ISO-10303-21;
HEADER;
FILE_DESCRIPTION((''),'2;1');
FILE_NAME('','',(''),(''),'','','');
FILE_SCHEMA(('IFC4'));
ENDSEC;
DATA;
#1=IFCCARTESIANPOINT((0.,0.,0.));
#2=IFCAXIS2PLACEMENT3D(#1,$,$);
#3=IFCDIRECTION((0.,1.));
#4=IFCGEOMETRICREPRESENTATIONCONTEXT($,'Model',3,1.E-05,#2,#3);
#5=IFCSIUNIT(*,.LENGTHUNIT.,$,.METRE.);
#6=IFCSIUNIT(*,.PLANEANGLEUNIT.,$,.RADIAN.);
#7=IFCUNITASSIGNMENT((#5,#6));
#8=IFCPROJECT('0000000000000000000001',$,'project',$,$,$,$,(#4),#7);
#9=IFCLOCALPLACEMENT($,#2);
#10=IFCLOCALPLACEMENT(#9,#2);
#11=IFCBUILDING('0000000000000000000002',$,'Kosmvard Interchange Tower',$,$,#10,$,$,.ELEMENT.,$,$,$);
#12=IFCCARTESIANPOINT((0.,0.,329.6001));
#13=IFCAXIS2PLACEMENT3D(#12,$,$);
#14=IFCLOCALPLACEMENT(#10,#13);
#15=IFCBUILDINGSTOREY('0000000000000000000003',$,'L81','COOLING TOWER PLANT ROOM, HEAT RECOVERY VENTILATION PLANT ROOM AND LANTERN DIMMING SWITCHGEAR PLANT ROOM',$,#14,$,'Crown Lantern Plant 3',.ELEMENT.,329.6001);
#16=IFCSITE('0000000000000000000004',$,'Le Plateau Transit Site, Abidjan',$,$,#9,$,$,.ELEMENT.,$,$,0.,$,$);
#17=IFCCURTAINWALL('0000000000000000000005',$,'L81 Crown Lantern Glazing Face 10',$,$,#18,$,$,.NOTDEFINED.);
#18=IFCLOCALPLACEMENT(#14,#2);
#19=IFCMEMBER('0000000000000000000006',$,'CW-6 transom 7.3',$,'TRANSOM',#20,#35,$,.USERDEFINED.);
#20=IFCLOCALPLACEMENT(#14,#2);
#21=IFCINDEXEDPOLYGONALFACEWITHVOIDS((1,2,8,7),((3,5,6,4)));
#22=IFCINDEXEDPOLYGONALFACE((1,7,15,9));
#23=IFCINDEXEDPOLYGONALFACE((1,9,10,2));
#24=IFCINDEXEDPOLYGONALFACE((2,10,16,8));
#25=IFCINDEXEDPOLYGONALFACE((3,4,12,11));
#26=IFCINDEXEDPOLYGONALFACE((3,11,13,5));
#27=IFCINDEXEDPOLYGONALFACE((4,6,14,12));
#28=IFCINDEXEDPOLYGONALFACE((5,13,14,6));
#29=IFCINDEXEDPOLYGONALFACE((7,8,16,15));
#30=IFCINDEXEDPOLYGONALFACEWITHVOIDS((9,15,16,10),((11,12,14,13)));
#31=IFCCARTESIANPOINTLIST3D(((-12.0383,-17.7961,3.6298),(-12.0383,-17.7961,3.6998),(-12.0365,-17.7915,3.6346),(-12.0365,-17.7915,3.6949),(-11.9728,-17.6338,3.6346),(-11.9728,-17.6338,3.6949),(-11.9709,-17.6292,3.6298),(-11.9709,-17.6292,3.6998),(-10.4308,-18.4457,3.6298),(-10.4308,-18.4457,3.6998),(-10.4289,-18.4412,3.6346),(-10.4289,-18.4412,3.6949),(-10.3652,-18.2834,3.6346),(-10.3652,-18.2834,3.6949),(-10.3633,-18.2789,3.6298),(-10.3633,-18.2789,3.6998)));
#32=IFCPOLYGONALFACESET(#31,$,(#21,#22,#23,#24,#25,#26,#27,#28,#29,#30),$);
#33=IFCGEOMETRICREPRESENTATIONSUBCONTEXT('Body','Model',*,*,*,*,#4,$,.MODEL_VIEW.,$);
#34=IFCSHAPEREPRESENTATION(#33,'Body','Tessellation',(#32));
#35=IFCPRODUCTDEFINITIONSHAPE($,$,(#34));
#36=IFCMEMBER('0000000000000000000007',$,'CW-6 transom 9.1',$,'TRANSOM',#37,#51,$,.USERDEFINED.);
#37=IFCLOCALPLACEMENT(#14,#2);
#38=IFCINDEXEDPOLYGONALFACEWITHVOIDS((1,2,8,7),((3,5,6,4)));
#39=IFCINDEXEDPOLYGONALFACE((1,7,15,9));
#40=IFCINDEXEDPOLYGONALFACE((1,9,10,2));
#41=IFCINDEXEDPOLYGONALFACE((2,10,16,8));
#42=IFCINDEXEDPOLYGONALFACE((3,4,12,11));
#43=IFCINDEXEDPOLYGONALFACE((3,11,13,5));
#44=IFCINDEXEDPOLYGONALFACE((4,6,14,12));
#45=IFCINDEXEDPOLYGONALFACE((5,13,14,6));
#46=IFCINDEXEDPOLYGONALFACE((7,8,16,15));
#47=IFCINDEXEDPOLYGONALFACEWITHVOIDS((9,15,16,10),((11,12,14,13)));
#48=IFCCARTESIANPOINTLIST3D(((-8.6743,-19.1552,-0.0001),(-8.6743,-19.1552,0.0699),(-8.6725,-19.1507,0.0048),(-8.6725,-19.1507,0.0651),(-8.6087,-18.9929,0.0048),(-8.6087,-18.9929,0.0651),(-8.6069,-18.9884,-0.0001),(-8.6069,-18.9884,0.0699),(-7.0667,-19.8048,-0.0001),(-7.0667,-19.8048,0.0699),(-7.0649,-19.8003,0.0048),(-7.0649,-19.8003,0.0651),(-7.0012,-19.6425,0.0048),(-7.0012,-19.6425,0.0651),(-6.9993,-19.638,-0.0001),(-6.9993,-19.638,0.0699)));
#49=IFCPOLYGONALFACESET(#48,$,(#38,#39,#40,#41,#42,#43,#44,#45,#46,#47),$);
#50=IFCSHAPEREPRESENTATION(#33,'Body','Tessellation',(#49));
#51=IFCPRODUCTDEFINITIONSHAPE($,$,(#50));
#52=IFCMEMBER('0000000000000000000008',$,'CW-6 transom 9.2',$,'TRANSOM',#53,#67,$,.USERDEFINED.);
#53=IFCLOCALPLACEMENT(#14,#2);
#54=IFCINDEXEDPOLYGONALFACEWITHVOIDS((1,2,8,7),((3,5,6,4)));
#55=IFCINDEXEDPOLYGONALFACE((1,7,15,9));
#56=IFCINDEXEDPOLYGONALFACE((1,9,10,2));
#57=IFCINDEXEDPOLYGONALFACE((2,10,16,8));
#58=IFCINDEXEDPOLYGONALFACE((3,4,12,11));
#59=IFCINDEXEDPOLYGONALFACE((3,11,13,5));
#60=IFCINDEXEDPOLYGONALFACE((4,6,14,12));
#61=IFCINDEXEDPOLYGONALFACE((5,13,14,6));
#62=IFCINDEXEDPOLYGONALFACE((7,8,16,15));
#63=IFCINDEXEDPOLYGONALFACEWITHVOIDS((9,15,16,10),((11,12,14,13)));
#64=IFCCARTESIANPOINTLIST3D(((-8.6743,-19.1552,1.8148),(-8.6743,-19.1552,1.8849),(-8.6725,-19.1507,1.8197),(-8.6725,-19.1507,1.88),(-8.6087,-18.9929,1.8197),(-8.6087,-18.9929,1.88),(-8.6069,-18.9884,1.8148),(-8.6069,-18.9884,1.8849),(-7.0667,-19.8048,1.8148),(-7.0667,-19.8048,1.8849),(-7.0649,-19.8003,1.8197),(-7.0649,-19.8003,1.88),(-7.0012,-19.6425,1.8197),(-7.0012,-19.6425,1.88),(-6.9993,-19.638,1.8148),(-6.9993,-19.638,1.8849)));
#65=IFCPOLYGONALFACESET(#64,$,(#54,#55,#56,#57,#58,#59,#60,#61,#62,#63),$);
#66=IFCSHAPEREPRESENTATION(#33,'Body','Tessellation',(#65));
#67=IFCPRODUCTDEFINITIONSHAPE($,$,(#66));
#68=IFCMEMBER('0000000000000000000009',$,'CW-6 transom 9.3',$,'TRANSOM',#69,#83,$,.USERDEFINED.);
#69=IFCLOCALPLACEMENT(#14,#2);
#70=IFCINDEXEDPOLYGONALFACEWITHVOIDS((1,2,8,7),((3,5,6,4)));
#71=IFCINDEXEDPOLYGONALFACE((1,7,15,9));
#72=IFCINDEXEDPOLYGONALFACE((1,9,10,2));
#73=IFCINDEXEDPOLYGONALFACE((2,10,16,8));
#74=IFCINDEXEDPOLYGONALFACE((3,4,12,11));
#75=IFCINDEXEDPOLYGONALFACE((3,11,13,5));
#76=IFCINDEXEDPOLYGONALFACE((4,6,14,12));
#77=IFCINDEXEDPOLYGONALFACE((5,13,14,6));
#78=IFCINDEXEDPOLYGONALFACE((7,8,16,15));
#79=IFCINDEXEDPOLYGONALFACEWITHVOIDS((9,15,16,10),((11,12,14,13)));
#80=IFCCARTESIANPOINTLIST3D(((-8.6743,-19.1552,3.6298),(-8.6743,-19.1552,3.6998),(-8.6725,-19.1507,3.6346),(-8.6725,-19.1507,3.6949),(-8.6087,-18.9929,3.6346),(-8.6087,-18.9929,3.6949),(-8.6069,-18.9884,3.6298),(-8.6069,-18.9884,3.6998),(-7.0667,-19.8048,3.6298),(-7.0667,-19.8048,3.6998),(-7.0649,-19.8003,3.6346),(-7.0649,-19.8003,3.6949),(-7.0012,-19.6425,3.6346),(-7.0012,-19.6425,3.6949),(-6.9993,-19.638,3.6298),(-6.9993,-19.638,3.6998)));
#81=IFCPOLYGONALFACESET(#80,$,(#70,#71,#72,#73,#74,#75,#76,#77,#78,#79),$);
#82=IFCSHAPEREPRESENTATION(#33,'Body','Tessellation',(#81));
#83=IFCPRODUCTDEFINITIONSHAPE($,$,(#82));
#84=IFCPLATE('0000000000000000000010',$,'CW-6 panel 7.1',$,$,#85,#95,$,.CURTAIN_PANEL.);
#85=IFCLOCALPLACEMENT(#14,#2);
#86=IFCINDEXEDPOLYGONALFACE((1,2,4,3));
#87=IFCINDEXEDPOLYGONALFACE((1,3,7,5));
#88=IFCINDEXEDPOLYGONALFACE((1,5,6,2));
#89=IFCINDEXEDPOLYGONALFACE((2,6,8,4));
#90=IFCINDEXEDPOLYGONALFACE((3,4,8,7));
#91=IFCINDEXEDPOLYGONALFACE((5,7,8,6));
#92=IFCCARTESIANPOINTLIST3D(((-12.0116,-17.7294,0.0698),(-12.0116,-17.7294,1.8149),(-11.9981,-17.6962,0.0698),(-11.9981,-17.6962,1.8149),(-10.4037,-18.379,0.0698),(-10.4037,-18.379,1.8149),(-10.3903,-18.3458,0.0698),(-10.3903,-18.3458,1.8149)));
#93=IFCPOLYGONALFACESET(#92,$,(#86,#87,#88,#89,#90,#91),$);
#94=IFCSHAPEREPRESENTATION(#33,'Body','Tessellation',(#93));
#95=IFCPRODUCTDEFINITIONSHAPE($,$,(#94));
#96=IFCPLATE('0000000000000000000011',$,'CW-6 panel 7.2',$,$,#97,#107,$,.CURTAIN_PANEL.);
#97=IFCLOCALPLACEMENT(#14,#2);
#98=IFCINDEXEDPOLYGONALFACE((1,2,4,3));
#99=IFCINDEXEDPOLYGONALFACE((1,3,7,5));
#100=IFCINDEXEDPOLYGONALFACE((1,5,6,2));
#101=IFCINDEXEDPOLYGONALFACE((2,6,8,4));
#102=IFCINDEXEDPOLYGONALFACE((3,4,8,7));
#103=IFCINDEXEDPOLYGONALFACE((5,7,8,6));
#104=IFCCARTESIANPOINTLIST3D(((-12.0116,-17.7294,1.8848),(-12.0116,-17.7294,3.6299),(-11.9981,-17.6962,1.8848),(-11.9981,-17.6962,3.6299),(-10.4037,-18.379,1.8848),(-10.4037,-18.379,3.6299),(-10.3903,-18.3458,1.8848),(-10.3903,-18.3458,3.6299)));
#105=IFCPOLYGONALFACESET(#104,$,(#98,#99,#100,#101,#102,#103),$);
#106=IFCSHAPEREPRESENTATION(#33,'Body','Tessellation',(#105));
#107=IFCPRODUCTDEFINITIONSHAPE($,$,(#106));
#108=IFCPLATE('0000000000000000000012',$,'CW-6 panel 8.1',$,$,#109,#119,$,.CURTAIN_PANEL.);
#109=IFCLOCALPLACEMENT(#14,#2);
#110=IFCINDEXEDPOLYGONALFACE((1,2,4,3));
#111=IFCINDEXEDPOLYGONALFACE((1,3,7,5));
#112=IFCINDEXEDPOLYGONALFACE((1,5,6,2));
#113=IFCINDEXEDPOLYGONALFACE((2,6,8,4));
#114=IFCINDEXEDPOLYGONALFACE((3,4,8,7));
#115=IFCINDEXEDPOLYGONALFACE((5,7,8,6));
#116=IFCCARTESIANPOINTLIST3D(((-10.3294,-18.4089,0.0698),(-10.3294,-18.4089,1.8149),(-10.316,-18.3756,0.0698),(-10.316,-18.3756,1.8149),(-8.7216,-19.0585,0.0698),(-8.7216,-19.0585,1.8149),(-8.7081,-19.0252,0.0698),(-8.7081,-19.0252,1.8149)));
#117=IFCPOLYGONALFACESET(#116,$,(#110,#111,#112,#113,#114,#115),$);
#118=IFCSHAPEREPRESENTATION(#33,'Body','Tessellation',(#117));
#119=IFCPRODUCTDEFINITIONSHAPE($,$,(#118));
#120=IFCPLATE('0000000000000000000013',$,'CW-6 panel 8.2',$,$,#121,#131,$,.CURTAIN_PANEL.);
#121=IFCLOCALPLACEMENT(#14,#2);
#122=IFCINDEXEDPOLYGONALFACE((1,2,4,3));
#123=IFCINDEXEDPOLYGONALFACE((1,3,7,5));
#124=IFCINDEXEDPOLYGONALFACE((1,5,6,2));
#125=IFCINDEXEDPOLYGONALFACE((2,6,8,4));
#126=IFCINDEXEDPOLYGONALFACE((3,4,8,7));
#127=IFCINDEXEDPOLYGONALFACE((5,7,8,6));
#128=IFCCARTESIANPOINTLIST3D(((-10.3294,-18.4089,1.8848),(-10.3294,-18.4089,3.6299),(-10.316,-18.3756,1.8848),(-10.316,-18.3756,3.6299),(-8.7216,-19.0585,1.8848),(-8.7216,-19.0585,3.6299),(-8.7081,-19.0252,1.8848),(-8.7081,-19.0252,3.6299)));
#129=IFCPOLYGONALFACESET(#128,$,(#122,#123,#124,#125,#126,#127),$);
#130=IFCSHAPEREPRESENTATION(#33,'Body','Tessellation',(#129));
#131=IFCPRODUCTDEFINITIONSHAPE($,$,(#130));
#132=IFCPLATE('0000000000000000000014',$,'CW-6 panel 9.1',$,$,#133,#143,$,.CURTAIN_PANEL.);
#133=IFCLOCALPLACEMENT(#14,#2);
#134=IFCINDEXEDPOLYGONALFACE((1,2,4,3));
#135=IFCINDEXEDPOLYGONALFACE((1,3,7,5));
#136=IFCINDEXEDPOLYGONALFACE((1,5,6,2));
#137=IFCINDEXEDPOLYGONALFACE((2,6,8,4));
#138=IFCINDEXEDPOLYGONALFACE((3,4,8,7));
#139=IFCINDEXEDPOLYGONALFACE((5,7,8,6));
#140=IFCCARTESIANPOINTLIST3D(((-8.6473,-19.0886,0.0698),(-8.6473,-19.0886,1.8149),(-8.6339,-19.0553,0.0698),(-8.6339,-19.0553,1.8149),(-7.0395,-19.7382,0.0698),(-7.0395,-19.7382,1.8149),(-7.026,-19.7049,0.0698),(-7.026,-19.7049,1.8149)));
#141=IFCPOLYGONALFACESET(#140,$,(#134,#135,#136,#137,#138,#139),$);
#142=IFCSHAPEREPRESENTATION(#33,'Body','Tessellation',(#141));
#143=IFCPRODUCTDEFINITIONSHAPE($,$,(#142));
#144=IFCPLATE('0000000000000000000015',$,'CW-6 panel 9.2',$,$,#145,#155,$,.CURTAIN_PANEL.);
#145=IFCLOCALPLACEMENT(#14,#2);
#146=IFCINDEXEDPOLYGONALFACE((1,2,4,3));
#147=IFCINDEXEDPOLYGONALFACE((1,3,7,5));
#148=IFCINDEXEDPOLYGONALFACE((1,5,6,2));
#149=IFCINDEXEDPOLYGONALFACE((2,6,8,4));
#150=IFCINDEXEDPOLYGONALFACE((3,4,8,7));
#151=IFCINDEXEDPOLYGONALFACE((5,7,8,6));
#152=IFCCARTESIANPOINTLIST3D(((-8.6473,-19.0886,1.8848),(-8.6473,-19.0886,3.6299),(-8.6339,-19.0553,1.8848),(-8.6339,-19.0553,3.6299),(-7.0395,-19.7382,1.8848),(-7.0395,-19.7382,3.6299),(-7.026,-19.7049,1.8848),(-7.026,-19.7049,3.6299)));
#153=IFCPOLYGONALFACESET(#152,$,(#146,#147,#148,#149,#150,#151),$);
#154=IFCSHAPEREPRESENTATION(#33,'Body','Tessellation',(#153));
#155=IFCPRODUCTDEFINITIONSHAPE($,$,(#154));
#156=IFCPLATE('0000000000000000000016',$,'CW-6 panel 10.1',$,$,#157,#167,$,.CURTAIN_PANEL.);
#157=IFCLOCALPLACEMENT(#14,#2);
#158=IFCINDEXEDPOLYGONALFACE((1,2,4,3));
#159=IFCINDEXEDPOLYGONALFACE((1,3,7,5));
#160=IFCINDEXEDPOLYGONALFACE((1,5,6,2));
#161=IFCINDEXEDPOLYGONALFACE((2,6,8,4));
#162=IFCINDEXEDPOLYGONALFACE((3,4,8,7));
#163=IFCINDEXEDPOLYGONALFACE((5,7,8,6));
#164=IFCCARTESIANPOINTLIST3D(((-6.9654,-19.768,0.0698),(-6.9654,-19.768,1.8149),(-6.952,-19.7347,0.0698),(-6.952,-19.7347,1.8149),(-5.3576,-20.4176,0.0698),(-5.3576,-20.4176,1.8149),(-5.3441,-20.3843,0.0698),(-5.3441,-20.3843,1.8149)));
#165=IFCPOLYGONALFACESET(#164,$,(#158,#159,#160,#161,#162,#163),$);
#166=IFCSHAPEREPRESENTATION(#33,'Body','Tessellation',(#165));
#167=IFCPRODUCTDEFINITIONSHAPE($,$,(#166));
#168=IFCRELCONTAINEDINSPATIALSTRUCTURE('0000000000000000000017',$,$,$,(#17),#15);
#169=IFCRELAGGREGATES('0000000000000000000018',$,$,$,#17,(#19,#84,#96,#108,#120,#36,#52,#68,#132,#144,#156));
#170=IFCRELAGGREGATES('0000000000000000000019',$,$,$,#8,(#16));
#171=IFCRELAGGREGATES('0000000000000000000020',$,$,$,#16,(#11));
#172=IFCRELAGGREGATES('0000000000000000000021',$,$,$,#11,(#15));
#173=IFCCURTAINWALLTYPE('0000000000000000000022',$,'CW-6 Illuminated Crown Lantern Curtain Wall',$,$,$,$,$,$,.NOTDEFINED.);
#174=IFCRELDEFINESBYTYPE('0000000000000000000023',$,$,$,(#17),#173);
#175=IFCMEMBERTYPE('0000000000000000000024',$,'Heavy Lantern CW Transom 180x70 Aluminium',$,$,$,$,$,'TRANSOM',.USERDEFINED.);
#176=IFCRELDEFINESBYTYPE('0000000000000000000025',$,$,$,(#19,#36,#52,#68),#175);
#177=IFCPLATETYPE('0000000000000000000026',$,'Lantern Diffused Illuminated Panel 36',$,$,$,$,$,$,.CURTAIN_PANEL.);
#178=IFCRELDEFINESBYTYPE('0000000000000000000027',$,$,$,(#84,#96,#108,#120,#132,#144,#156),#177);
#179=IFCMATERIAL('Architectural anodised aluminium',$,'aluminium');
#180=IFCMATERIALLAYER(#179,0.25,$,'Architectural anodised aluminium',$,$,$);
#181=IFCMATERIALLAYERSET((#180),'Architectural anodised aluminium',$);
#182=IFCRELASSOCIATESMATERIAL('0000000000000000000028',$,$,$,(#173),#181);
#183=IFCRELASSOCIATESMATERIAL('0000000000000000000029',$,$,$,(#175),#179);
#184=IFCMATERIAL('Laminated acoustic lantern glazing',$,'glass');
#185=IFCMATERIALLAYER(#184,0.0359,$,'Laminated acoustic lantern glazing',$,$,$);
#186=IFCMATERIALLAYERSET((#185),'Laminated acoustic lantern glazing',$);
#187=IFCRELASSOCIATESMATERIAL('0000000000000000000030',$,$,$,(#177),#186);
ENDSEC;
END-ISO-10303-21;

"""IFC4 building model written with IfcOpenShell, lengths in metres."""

from ifc_helpers import new_model, si_unit, direction, frame, origin, origin_2d, place, context, subcontext, project, spatial, rectangle, hollow_rectangle, extrude, source, transform, mapped, material, layer, layer_set, material_profile, profile_set, type_object, element, aggregate, save


model = new_model("IFC4")

# Units and contexts
model_context = context("Model", 3, precision=1e-05, world=origin(), true_north=direction((0.0, 1.0)))
body_context = subcontext(model_context, "Body", "Model", "MODEL_VIEW")
ifc_project = project(units=[si_unit("LENGTHUNIT", "METRE"), si_unit("PLANEANGLEUNIT", "RADIAN")], contexts=[model_context])

# Site, building, storey
site_placement = place(None, origin())
site = spatial("IfcSite", under=ifc_project, at=site_placement, Name="Le Plateau Transit Site, Abidjan", CompositionType="ELEMENT", RefElevation=0.0)
building_placement = place(site_placement, origin())
building = spatial("IfcBuilding", under=site, at=building_placement, Name="Kosmvard Interchange Tower", CompositionType="ELEMENT")
storey_placement = place(building_placement, frame((0.0, 0.0, 329.6001)))
storey = spatial("IfcBuildingStorey", under=building, at=storey_placement, Name="L81", Description="COOLING TOWER PLANT ROOM, HEAT RECOVERY VENTILATION PLANT ROOM AND LANTERN DIMMING SWITCHGEAR PLANT ROOM", LongName="Crown Lantern Plant 3", CompositionType="ELEMENT", Elevation=329.6001)

# Curtain wall, members, plates
ifc_material_1 = material(Name="Architectural anodised aluminium", Category="aluminium")
ifc_layer_1 = layer(ifc_material_1, 0.25, Name="Architectural anodised aluminium")
ifc_layer_set_1 = layer_set([ifc_layer_1], Name="Architectural anodised aluminium")
curtain_wall_type = type_object("IfcCurtainWallType", Name="CW-6 Illuminated Crown Lantern Curtain Wall", PredefinedType="NOTDEFINED", material=ifc_layer_set_1)
curtain_wall_placement = place(storey_placement, origin())
curtain_wall = element("IfcCurtainWall", 1, at=curtain_wall_placement, inside=storey, type_object=curtain_wall_type, Name="L81 Crown Lantern Glazing Face 10", PredefinedType="NOTDEFINED")
ifc_material_profile_1 = material_profile(ifc_material_1, hollow_rectangle(XDim=0.1799, YDim=0.0701, WallThickness=0.0049, at=origin_2d()), Name="CWT 180x70x5")
ifc_profile_set_1 = profile_set([ifc_material_profile_1], Name="Architectural anodised aluminium")
member_type_1 = type_object("IfcMemberType", Name="Heavy Lantern CW Transom 180x70 Aluminium", ElementType="TRANSOM", PredefinedType="USERDEFINED", material=ifc_profile_set_1)
shared_shape_1 = source(origin(), body_context, "Body", "SweptSolid", [
    extrude(hollow_rectangle(XDim=0.1799, YDim=0.0701, WallThickness=0.0049, at=origin_2d()), origin(), (0.0, 0.0, 1.0), 1.7339),
])
member_1_placement = place(storey_placement, frame((-12.0046, -17.7126, 3.6648), z_axis=(0.92716, -0.374666, 0.0), x_axis=(0.374666, 0.92716, 0.0)))
member_1 = element("IfcMember", 2, at=member_1_placement, type_object=member_type_1, Name="CW-6 transom 7.3", ObjectType="TRANSOM", PredefinedType="USERDEFINED", context=body_context, shape_type="MappedRepresentation", body=[
    mapped(shared_shape_1, transform((0.0, 0.0, 0.0), scale=1.0)),
])
member_2_placement = place(storey_placement, frame((-8.6406, -19.0718, 0.0349), z_axis=(0.92716, -0.374666, 0.0), x_axis=(0.374666, 0.92716, 0.0)))
member_2 = element("IfcMember", 3, at=member_2_placement, type_object=member_type_1, Name="CW-6 transom 9.1", ObjectType="TRANSOM", PredefinedType="USERDEFINED", context=body_context, shape_type="MappedRepresentation", body=[
    mapped(shared_shape_1, transform((0.0, 0.0, 0.0), scale=1.0)),
])
member_3_placement = place(storey_placement, frame((-8.6406, -19.0718, 1.8499), z_axis=(0.92716, -0.374666, 0.0), x_axis=(0.374666, 0.92716, 0.0)))
member_3 = element("IfcMember", 4, at=member_3_placement, type_object=member_type_1, Name="CW-6 transom 9.2", ObjectType="TRANSOM", PredefinedType="USERDEFINED", context=body_context, shape_type="MappedRepresentation", body=[
    mapped(shared_shape_1, transform((0.0, 0.0, 0.0), scale=1.0)),
])
member_4_placement = place(storey_placement, frame((-8.6406, -19.0718, 3.6648), z_axis=(0.92716, -0.374666, 0.0), x_axis=(0.374666, 0.92716, 0.0)))
member_4 = element("IfcMember", 5, at=member_4_placement, type_object=member_type_1, Name="CW-6 transom 9.3", ObjectType="TRANSOM", PredefinedType="USERDEFINED", context=body_context, shape_type="MappedRepresentation", body=[
    mapped(shared_shape_1, transform((0.0, 0.0, 0.0), scale=1.0)),
])
ifc_material_2 = material(Name="Laminated acoustic lantern glazing", Category="glass")
ifc_layer_2 = layer(ifc_material_2, 0.0359, Name="Laminated acoustic lantern glazing")
ifc_layer_set_2 = layer_set([ifc_layer_2], Name="Laminated acoustic lantern glazing")
plate_type = type_object("IfcPlateType", Name="Lantern Diffused Illuminated Panel 36", PredefinedType="CURTAIN_PANEL", material=ifc_layer_set_2)
shared_shape_2 = source(origin(), body_context, "Body", "SweptSolid", [
    extrude(rectangle(XDim=1.7341, YDim=0.0359, at=origin_2d()), origin(), (0.0, 0.0, 1.0), 1.7451),
])
plate_1_placement = place(storey_placement, frame((-11.2009, -18.0376, 0.0698), z_axis=(0.0, 0.0, 1.0), x_axis=(0.927184, -0.374607, 0.0)))
plate_1 = element("IfcPlate", 6, at=plate_1_placement, type_object=plate_type, Name="CW-6 panel 7.1", PredefinedType="CURTAIN_PANEL", context=body_context, shape_type="MappedRepresentation", body=[
    mapped(shared_shape_2, transform((0.0, 0.0, 0.0), scale=1.0)),
])
plate_2_placement = place(storey_placement, frame((-11.2009, -18.0376, 1.8848), z_axis=(0.0, 0.0, 1.0), x_axis=(0.927184, -0.374607, 0.0)))
plate_2 = element("IfcPlate", 7, at=plate_2_placement, type_object=plate_type, Name="CW-6 panel 7.2", PredefinedType="CURTAIN_PANEL", context=body_context, shape_type="MappedRepresentation", body=[
    mapped(shared_shape_2, transform((0.0, 0.0, 0.0), scale=1.0)),
])
plate_3_placement = place(storey_placement, frame((-9.5188, -18.717, 0.0698), z_axis=(0.0, 0.0, 1.0), x_axis=(0.927184, -0.374607, 0.0)))
plate_3 = element("IfcPlate", 8, at=plate_3_placement, type_object=plate_type, Name="CW-6 panel 8.1", PredefinedType="CURTAIN_PANEL", context=body_context, shape_type="MappedRepresentation", body=[
    mapped(shared_shape_2, transform((0.0, 0.0, 0.0), scale=1.0)),
])
plate_4_placement = place(storey_placement, frame((-9.5188, -18.717, 1.8848), z_axis=(0.0, 0.0, 1.0), x_axis=(0.927184, -0.374607, 0.0)))
plate_4 = element("IfcPlate", 9, at=plate_4_placement, type_object=plate_type, Name="CW-6 panel 8.2", PredefinedType="CURTAIN_PANEL", context=body_context, shape_type="MappedRepresentation", body=[
    mapped(shared_shape_2, transform((0.0, 0.0, 0.0), scale=1.0)),
])
plate_5_placement = place(storey_placement, frame((-7.8367, -19.3967, 0.0698), z_axis=(0.0, 0.0, 1.0), x_axis=(0.927184, -0.374607, 0.0)))
plate_5 = element("IfcPlate", 10, at=plate_5_placement, type_object=plate_type, Name="CW-6 panel 9.1", PredefinedType="CURTAIN_PANEL", context=body_context, shape_type="MappedRepresentation", body=[
    mapped(shared_shape_2, transform((0.0, 0.0, 0.0), scale=1.0)),
])
plate_6_placement = place(storey_placement, frame((-7.8367, -19.3967, 1.8848), z_axis=(0.0, 0.0, 1.0), x_axis=(0.927184, -0.374607, 0.0)))
plate_6 = element("IfcPlate", 11, at=plate_6_placement, type_object=plate_type, Name="CW-6 panel 9.2", PredefinedType="CURTAIN_PANEL", context=body_context, shape_type="MappedRepresentation", body=[
    mapped(shared_shape_2, transform((0.0, 0.0, 0.0), scale=1.0)),
])
plate_7_placement = place(storey_placement, frame((-6.1548, -20.0762, 0.0698), z_axis=(0.0, 0.0, 1.0), x_axis=(0.927184, -0.374607, 0.0)))
plate_7 = element("IfcPlate", 12, at=plate_7_placement, type_object=plate_type, Name="CW-6 panel 10.1", PredefinedType="CURTAIN_PANEL", context=body_context, shape_type="MappedRepresentation", body=[
    mapped(shared_shape_2, transform((0.0, 0.0, 0.0), scale=1.0)),
])
aggregate(curtain_wall, [member_1, plate_1, plate_2, plate_3, plate_4, member_2, member_3, member_4, plate_5, plate_6, plate_7])

save(model, "model.ifc")
